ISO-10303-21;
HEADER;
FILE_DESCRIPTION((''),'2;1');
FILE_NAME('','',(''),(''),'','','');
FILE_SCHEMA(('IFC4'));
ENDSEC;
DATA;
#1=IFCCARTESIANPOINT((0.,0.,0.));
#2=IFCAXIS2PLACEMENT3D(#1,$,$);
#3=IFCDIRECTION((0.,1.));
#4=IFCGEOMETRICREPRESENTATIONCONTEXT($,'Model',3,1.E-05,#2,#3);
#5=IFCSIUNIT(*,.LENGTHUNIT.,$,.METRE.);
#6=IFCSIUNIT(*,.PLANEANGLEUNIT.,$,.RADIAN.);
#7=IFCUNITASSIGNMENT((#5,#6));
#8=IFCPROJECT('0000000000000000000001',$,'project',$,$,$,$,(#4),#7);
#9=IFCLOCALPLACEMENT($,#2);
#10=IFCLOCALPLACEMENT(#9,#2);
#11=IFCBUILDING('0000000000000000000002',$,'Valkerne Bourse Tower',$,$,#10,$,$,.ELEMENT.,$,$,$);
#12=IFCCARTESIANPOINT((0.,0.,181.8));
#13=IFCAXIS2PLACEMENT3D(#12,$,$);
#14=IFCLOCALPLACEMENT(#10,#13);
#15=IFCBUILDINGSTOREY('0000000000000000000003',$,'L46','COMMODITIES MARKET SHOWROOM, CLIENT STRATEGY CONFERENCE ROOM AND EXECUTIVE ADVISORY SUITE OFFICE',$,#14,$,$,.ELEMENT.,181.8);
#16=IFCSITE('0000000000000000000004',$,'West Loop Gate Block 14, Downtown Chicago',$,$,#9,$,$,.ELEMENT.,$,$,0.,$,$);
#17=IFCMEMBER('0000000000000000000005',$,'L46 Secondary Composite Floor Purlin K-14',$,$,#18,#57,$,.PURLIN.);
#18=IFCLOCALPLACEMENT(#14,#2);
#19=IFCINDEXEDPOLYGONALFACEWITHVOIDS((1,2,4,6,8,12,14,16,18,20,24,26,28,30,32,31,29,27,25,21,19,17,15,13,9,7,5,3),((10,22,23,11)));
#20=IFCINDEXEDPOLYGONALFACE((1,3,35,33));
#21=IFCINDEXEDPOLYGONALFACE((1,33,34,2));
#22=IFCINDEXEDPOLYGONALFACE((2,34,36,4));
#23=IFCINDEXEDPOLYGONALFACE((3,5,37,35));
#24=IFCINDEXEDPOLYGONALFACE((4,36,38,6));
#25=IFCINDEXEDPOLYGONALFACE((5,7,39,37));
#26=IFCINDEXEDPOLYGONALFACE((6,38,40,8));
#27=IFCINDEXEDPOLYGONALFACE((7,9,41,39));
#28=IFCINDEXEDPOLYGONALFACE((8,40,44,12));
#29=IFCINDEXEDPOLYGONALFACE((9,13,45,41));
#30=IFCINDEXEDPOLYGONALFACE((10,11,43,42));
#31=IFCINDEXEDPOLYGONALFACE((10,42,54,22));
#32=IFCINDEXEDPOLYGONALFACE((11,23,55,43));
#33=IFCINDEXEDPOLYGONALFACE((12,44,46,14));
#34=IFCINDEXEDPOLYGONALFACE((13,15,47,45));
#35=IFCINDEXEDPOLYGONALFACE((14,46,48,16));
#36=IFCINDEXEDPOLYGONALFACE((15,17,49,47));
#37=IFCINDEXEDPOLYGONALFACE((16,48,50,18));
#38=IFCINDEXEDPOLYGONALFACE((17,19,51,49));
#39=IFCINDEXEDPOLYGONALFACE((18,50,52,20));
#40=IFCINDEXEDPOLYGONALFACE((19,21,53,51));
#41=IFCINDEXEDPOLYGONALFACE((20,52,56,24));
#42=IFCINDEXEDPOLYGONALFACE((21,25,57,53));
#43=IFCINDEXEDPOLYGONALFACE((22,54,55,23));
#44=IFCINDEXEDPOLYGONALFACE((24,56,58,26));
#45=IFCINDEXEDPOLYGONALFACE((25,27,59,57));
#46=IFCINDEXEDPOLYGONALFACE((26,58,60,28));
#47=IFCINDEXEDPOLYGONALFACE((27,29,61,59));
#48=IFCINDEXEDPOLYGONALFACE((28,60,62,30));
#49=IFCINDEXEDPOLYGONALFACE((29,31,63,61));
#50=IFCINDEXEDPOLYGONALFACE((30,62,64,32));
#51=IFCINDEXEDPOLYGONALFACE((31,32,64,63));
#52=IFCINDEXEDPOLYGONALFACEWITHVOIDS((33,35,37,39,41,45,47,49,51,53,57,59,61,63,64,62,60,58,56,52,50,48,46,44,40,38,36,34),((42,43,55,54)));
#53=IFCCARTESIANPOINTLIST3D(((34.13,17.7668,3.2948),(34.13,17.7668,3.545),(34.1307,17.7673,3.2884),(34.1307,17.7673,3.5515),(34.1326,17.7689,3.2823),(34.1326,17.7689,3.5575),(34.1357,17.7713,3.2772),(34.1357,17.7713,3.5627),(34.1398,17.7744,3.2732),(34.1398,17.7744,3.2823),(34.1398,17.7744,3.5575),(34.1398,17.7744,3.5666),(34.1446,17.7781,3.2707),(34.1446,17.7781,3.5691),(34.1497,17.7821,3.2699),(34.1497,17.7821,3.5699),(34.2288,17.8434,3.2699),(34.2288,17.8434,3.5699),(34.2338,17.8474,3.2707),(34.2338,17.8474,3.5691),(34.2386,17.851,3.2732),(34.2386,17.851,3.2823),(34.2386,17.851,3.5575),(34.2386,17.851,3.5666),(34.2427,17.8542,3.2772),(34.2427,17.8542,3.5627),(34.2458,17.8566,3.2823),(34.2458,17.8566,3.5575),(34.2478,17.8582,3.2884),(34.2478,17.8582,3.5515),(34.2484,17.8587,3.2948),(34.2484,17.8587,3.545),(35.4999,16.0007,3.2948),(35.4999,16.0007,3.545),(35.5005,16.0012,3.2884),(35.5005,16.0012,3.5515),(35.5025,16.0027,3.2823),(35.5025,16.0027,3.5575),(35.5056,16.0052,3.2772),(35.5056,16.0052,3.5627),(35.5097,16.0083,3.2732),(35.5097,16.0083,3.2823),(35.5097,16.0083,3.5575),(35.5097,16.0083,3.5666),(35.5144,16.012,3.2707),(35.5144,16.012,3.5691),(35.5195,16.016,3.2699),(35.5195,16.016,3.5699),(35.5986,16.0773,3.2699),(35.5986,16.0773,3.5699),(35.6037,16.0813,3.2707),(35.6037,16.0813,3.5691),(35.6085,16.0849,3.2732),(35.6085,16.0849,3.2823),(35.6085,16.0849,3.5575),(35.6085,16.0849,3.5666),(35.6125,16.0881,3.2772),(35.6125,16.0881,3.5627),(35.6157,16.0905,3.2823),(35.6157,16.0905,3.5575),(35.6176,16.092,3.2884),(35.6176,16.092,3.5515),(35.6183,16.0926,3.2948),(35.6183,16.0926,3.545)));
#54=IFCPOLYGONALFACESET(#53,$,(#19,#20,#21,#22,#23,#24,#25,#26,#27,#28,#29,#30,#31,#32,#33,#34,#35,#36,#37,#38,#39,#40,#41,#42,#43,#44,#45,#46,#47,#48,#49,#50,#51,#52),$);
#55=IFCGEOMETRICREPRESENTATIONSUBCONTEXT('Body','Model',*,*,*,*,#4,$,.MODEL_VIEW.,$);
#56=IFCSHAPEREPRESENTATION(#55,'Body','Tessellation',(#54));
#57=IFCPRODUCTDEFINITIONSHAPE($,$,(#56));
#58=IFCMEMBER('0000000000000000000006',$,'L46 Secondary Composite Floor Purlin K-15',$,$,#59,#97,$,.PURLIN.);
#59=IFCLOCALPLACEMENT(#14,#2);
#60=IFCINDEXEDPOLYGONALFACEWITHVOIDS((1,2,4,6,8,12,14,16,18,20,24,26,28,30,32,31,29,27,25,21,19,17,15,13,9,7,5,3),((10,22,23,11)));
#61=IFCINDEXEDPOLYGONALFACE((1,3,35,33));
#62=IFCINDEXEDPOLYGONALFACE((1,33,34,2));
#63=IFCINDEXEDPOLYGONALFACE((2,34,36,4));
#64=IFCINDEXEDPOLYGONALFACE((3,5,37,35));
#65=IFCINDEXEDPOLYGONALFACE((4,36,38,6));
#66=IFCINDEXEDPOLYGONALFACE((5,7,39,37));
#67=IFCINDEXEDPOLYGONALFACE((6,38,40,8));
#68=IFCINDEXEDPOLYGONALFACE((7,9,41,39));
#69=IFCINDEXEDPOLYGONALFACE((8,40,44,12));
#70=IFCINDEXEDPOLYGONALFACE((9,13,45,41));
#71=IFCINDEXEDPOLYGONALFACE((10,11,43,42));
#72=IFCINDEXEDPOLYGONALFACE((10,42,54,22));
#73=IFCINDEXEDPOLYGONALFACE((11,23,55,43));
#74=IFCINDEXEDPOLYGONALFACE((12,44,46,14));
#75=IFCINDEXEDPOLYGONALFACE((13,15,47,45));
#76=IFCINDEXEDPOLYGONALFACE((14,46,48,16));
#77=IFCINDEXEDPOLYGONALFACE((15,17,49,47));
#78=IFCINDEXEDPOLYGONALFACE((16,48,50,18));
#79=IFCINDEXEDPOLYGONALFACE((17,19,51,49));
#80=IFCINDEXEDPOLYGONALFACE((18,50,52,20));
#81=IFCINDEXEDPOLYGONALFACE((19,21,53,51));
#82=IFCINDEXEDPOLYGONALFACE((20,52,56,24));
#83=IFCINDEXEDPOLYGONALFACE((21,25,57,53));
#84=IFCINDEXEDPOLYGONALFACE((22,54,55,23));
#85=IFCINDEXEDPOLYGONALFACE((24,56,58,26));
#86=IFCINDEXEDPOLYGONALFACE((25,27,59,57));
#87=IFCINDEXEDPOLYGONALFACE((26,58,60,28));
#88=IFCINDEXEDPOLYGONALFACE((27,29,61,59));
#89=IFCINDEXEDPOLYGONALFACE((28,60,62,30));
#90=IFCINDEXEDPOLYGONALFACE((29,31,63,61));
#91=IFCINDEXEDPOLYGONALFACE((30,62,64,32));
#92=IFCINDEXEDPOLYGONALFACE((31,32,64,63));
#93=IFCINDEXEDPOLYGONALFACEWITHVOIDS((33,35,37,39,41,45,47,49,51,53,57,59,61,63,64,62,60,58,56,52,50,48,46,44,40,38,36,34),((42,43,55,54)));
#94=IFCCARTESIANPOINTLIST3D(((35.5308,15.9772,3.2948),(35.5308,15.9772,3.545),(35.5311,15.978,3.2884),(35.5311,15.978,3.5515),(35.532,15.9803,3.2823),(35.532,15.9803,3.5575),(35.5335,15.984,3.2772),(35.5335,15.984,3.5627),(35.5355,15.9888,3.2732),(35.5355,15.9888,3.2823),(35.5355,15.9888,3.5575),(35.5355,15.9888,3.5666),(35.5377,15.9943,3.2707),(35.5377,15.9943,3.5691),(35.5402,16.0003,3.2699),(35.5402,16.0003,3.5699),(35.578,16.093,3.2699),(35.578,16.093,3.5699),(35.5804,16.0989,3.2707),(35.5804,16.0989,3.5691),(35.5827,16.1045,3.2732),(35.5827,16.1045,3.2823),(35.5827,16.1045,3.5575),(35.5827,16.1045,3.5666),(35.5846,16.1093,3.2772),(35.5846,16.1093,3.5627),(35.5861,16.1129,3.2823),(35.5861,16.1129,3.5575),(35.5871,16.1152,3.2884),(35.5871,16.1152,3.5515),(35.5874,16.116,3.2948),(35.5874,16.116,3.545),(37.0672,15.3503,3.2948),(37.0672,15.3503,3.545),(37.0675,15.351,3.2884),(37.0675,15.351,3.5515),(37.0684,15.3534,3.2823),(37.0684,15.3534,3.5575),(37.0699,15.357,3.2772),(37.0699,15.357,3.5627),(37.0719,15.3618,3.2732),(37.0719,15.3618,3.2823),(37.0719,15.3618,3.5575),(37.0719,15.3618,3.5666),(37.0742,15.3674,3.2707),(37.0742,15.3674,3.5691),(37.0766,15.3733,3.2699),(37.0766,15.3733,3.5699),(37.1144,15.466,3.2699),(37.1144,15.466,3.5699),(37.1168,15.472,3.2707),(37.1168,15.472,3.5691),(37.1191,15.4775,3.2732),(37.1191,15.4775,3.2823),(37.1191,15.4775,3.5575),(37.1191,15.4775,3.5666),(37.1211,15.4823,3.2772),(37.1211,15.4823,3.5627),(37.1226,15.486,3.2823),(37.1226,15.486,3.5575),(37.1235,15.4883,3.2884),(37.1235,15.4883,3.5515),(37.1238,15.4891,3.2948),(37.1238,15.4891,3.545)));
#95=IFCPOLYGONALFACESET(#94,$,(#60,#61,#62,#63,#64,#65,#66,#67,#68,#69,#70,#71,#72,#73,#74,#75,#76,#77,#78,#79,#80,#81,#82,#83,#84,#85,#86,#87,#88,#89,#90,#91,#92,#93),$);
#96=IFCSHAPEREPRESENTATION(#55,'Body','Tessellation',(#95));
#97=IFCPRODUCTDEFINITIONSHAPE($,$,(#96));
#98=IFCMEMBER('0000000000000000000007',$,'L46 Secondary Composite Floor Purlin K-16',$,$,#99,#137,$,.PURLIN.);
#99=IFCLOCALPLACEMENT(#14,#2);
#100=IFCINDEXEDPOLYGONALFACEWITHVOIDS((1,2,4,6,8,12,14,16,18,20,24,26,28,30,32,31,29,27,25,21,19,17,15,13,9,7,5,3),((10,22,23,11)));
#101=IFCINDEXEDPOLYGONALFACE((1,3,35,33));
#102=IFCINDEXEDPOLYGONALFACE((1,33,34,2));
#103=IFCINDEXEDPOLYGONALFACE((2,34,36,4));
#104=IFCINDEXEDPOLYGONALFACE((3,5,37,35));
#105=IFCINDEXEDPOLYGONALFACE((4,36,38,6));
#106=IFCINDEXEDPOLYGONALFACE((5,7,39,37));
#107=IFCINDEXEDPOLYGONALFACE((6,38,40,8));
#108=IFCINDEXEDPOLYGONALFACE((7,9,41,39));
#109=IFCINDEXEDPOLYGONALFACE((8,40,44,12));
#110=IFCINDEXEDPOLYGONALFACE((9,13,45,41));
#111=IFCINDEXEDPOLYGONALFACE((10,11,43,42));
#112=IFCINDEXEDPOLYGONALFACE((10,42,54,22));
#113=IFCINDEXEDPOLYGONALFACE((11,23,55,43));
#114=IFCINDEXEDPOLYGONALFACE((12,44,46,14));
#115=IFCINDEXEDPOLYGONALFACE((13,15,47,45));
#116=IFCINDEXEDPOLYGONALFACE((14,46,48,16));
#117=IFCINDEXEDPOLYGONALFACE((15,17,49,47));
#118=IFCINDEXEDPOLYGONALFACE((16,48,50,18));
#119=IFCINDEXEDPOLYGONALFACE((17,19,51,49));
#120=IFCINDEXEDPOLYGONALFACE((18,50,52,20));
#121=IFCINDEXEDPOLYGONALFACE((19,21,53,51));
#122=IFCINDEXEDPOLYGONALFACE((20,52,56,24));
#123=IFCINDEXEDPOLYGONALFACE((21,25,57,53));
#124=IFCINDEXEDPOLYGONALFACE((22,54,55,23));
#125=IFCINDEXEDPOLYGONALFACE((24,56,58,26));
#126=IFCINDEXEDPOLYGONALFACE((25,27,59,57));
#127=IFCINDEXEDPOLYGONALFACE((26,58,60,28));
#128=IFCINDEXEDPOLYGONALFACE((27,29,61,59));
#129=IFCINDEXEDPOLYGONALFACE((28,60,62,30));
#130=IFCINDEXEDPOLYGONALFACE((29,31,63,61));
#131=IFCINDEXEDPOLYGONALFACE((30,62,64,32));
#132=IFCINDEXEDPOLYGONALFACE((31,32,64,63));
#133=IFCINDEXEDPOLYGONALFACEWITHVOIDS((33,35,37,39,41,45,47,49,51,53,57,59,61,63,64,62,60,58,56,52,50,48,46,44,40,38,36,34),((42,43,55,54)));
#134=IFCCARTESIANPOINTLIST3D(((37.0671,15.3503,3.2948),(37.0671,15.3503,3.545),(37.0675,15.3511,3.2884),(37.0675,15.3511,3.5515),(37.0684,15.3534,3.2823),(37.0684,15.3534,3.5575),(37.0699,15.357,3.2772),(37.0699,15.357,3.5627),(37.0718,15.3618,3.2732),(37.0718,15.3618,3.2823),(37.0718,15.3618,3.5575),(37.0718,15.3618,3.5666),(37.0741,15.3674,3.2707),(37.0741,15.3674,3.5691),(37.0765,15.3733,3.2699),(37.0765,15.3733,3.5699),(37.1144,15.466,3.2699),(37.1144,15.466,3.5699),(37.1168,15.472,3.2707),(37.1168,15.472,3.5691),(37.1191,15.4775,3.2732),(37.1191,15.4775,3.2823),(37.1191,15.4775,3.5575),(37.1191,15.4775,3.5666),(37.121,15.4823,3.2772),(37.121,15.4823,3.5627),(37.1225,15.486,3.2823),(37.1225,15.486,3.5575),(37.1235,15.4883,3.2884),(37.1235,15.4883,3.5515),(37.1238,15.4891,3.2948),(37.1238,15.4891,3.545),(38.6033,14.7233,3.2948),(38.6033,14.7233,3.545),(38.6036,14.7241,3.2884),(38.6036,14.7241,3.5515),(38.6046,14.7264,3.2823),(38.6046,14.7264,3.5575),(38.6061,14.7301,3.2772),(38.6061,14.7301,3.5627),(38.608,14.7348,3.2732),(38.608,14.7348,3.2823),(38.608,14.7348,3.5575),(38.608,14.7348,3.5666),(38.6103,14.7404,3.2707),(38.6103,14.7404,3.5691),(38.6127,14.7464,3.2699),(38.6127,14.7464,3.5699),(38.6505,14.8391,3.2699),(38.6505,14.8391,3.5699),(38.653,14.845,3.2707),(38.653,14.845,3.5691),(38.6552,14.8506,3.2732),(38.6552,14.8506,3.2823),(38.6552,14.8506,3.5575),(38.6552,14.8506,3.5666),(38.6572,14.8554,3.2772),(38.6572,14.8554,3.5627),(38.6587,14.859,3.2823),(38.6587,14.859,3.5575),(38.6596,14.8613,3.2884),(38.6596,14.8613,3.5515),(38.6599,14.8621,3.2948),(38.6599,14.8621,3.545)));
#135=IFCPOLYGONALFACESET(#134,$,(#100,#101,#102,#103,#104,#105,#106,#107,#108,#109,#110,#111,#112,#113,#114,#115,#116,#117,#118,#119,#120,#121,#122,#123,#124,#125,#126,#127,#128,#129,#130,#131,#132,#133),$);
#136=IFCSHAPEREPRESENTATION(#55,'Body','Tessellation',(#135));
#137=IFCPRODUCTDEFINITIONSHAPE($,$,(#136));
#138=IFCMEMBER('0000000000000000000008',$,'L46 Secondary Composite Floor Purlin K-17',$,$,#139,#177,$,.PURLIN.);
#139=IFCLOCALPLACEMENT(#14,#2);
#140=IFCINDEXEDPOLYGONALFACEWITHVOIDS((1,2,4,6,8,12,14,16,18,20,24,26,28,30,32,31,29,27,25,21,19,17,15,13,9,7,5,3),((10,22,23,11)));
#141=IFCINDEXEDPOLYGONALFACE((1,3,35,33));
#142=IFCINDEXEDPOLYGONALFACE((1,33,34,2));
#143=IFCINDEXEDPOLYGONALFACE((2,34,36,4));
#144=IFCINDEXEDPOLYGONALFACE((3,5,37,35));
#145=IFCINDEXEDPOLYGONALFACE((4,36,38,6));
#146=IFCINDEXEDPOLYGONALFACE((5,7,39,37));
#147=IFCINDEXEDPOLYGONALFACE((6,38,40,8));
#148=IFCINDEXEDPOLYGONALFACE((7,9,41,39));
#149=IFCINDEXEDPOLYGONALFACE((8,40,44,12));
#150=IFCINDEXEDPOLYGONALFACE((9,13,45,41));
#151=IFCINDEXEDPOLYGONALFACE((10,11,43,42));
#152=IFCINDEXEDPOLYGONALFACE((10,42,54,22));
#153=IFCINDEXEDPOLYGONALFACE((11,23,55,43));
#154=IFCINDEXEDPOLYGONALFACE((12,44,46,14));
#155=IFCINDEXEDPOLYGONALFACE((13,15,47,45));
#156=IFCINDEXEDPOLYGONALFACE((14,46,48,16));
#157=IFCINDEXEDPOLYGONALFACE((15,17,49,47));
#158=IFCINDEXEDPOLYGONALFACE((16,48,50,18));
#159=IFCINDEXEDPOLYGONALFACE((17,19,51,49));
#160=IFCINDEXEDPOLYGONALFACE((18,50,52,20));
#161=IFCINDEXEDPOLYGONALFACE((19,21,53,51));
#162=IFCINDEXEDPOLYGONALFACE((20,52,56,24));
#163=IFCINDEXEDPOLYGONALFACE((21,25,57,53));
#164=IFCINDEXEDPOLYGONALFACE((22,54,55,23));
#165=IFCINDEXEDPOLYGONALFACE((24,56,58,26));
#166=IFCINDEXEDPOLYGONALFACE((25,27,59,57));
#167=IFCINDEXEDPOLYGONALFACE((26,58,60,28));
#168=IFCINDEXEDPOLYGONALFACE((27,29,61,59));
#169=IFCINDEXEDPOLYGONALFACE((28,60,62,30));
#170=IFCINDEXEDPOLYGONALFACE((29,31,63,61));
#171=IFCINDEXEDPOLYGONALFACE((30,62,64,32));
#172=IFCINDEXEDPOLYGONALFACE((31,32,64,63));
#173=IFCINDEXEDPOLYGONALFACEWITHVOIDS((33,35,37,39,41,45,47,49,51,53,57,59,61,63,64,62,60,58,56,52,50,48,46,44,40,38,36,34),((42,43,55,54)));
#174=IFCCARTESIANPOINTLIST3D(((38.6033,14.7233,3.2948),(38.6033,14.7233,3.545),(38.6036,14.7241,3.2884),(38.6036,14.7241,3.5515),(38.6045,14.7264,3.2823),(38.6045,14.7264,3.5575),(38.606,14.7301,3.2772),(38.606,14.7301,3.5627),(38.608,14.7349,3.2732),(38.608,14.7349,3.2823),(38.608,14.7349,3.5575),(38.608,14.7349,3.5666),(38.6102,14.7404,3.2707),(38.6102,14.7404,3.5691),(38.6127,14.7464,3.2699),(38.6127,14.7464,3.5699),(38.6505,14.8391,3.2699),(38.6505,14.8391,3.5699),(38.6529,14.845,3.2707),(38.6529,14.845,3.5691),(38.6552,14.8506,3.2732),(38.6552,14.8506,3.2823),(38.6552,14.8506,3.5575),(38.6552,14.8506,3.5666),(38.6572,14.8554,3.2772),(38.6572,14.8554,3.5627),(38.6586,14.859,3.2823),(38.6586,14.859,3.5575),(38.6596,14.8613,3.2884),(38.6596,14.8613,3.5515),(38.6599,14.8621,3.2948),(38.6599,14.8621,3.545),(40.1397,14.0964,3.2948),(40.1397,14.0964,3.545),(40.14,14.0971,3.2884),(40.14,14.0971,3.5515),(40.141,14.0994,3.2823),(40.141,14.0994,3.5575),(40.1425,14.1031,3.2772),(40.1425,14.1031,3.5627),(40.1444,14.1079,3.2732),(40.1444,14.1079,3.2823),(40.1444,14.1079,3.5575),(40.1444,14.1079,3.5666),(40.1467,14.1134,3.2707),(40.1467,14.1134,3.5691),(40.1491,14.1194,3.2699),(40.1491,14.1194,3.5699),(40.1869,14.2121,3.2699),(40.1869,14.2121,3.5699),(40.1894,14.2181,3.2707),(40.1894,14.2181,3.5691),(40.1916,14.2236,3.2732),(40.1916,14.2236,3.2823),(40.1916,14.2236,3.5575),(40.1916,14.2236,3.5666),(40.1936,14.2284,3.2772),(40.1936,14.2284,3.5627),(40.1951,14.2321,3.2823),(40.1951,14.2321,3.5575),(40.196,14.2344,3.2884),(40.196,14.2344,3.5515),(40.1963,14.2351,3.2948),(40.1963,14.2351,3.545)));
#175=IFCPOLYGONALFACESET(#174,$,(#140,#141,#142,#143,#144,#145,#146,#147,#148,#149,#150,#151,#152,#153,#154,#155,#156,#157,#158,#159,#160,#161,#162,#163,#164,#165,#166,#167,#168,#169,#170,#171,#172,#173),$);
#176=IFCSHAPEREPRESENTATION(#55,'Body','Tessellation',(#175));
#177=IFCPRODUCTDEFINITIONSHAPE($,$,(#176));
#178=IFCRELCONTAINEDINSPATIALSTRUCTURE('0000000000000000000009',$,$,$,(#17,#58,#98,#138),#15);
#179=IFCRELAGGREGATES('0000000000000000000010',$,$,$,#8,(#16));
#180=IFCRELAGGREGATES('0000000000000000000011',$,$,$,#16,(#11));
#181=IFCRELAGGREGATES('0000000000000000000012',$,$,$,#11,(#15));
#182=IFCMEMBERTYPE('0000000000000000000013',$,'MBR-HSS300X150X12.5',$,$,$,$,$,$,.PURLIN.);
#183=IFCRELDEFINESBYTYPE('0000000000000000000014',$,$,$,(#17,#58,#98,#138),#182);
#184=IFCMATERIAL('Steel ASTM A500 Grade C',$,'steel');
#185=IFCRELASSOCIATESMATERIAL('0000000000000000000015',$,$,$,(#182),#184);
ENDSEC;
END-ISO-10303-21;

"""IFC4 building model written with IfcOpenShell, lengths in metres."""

from ifc_helpers import new_model, si_unit, direction, frame, origin, origin_2d, place, context, subcontext, project, spatial, hollow_rectangle, extrude, material, material_profile, profile_set, type_object, element, save


model = new_model("IFC4")

# Units and contexts
model_context = context("Model", 3, precision=1e-05, world=origin(), true_north=direction((0.0, 1.0)))
body_context = subcontext(model_context, "Body", "Model", "MODEL_VIEW")
ifc_project = project(units=[si_unit("LENGTHUNIT", "METRE"), si_unit("PLANEANGLEUNIT", "RADIAN")], contexts=[model_context])

# Site, building, storey
site_placement = place(None, origin())
site = spatial("IfcSite", under=ifc_project, at=site_placement, Name="West Loop Gate Block 14, Downtown Chicago", CompositionType="ELEMENT", RefElevation=0.0)
building_placement = place(site_placement, origin())
building = spatial("IfcBuilding", under=site, at=building_placement, Name="Valkerne Bourse Tower", CompositionType="ELEMENT")
storey_placement = place(building_placement, frame((0.0, 0.0, 181.8)))
storey = spatial("IfcBuildingStorey", under=building, at=storey_placement, Name="L46", Description="COMMODITIES MARKET SHOWROOM, CLIENT STRATEGY CONFERENCE ROOM AND EXECUTIVE ADVISORY SUITE OFFICE", CompositionType="ELEMENT", Elevation=181.8)

# Members
ifc_material_1 = material(Name="Steel ASTM A500 Grade C", Category="steel")
ifc_material_profile_1 = material_profile(ifc_material_1, hollow_rectangle(XDim=0.1499, YDim=0.3, WallThickness=0.0125, OuterFilletRadius=0.0249, at=origin_2d()), Name="HSS300X150X12.5")
ifc_profile_set_1 = profile_set([ifc_material_profile_1], Name="Steel ASTM A500 Grade C")
member_type_1 = type_object("IfcMemberType", Name="MBR-HSS300X150X12.5", PredefinedType="PURLIN", material=ifc_profile_set_1)
member_1_placement = place(storey_placement, frame((34.1892, 17.8127, 3.4199), z_axis=(0.612889, -0.790169, 0.0), x_axis=(0.790169, 0.612889, 0.0)))
element("IfcMember", 1, at=member_1_placement, inside=storey, type_object=member_type_1, Name="L46 Secondary Composite Floor Purlin K-14", PredefinedType="PURLIN", context=body_context, shape_type="SweptSolid", body=[
    extrude(hollow_rectangle(XDim=0.1499, YDim=0.3, WallThickness=0.0125, OuterFilletRadius=0.0249, at=origin_2d()), origin(), (0.0, 0.0, 1.0), 2.2351),
])
member_2_placement = place(storey_placement, frame((35.5591, 16.0466, 3.4199), z_axis=(0.925877, -0.377825, 0.0), x_axis=(0.377825, 0.925877, 0.0)))
element("IfcMember", 2, at=member_2_placement, inside=storey, type_object=member_type_1, Name="L46 Secondary Composite Floor Purlin K-15", PredefinedType="PURLIN", context=body_context, shape_type="SweptSolid", body=[
    extrude(hollow_rectangle(XDim=0.1499, YDim=0.3, WallThickness=0.0125, OuterFilletRadius=0.0249, at=origin_2d()), origin(), (0.0, 0.0, 1.0), 1.6594),
])
member_3_placement = place(storey_placement, frame((37.0955, 15.4197, 3.4199), z_axis=(0.925856, -0.377876, 0.0), x_axis=(0.377876, 0.925856, 0.0)))
element("IfcMember", 3, at=member_3_placement, inside=storey, type_object=member_type_1, Name="L46 Secondary Composite Floor Purlin K-16", PredefinedType="PURLIN", context=body_context, shape_type="SweptSolid", body=[
    extrude(hollow_rectangle(XDim=0.1499, YDim=0.3, WallThickness=0.0125, OuterFilletRadius=0.0249, at=origin_2d()), origin(), (0.0, 0.0, 1.0), 1.6592),
])
member_4_placement = place(storey_placement, frame((38.6316, 14.7927, 3.4199), z_axis=(0.925877, -0.377825, 0.0), x_axis=(0.377825, 0.925877, 0.0)))
element("IfcMember", 4, at=member_4_placement, inside=storey, type_object=member_type_1, Name="L46 Secondary Composite Floor Purlin K-17", PredefinedType="PURLIN", context=body_context, shape_type="SweptSolid", body=[
    extrude(hollow_rectangle(XDim=0.1499, YDim=0.3, WallThickness=0.0125, OuterFilletRadius=0.0249, at=origin_2d()), origin(), (0.0, 0.0, 1.0), 1.6594),
])

save(model, "model.ifc")
